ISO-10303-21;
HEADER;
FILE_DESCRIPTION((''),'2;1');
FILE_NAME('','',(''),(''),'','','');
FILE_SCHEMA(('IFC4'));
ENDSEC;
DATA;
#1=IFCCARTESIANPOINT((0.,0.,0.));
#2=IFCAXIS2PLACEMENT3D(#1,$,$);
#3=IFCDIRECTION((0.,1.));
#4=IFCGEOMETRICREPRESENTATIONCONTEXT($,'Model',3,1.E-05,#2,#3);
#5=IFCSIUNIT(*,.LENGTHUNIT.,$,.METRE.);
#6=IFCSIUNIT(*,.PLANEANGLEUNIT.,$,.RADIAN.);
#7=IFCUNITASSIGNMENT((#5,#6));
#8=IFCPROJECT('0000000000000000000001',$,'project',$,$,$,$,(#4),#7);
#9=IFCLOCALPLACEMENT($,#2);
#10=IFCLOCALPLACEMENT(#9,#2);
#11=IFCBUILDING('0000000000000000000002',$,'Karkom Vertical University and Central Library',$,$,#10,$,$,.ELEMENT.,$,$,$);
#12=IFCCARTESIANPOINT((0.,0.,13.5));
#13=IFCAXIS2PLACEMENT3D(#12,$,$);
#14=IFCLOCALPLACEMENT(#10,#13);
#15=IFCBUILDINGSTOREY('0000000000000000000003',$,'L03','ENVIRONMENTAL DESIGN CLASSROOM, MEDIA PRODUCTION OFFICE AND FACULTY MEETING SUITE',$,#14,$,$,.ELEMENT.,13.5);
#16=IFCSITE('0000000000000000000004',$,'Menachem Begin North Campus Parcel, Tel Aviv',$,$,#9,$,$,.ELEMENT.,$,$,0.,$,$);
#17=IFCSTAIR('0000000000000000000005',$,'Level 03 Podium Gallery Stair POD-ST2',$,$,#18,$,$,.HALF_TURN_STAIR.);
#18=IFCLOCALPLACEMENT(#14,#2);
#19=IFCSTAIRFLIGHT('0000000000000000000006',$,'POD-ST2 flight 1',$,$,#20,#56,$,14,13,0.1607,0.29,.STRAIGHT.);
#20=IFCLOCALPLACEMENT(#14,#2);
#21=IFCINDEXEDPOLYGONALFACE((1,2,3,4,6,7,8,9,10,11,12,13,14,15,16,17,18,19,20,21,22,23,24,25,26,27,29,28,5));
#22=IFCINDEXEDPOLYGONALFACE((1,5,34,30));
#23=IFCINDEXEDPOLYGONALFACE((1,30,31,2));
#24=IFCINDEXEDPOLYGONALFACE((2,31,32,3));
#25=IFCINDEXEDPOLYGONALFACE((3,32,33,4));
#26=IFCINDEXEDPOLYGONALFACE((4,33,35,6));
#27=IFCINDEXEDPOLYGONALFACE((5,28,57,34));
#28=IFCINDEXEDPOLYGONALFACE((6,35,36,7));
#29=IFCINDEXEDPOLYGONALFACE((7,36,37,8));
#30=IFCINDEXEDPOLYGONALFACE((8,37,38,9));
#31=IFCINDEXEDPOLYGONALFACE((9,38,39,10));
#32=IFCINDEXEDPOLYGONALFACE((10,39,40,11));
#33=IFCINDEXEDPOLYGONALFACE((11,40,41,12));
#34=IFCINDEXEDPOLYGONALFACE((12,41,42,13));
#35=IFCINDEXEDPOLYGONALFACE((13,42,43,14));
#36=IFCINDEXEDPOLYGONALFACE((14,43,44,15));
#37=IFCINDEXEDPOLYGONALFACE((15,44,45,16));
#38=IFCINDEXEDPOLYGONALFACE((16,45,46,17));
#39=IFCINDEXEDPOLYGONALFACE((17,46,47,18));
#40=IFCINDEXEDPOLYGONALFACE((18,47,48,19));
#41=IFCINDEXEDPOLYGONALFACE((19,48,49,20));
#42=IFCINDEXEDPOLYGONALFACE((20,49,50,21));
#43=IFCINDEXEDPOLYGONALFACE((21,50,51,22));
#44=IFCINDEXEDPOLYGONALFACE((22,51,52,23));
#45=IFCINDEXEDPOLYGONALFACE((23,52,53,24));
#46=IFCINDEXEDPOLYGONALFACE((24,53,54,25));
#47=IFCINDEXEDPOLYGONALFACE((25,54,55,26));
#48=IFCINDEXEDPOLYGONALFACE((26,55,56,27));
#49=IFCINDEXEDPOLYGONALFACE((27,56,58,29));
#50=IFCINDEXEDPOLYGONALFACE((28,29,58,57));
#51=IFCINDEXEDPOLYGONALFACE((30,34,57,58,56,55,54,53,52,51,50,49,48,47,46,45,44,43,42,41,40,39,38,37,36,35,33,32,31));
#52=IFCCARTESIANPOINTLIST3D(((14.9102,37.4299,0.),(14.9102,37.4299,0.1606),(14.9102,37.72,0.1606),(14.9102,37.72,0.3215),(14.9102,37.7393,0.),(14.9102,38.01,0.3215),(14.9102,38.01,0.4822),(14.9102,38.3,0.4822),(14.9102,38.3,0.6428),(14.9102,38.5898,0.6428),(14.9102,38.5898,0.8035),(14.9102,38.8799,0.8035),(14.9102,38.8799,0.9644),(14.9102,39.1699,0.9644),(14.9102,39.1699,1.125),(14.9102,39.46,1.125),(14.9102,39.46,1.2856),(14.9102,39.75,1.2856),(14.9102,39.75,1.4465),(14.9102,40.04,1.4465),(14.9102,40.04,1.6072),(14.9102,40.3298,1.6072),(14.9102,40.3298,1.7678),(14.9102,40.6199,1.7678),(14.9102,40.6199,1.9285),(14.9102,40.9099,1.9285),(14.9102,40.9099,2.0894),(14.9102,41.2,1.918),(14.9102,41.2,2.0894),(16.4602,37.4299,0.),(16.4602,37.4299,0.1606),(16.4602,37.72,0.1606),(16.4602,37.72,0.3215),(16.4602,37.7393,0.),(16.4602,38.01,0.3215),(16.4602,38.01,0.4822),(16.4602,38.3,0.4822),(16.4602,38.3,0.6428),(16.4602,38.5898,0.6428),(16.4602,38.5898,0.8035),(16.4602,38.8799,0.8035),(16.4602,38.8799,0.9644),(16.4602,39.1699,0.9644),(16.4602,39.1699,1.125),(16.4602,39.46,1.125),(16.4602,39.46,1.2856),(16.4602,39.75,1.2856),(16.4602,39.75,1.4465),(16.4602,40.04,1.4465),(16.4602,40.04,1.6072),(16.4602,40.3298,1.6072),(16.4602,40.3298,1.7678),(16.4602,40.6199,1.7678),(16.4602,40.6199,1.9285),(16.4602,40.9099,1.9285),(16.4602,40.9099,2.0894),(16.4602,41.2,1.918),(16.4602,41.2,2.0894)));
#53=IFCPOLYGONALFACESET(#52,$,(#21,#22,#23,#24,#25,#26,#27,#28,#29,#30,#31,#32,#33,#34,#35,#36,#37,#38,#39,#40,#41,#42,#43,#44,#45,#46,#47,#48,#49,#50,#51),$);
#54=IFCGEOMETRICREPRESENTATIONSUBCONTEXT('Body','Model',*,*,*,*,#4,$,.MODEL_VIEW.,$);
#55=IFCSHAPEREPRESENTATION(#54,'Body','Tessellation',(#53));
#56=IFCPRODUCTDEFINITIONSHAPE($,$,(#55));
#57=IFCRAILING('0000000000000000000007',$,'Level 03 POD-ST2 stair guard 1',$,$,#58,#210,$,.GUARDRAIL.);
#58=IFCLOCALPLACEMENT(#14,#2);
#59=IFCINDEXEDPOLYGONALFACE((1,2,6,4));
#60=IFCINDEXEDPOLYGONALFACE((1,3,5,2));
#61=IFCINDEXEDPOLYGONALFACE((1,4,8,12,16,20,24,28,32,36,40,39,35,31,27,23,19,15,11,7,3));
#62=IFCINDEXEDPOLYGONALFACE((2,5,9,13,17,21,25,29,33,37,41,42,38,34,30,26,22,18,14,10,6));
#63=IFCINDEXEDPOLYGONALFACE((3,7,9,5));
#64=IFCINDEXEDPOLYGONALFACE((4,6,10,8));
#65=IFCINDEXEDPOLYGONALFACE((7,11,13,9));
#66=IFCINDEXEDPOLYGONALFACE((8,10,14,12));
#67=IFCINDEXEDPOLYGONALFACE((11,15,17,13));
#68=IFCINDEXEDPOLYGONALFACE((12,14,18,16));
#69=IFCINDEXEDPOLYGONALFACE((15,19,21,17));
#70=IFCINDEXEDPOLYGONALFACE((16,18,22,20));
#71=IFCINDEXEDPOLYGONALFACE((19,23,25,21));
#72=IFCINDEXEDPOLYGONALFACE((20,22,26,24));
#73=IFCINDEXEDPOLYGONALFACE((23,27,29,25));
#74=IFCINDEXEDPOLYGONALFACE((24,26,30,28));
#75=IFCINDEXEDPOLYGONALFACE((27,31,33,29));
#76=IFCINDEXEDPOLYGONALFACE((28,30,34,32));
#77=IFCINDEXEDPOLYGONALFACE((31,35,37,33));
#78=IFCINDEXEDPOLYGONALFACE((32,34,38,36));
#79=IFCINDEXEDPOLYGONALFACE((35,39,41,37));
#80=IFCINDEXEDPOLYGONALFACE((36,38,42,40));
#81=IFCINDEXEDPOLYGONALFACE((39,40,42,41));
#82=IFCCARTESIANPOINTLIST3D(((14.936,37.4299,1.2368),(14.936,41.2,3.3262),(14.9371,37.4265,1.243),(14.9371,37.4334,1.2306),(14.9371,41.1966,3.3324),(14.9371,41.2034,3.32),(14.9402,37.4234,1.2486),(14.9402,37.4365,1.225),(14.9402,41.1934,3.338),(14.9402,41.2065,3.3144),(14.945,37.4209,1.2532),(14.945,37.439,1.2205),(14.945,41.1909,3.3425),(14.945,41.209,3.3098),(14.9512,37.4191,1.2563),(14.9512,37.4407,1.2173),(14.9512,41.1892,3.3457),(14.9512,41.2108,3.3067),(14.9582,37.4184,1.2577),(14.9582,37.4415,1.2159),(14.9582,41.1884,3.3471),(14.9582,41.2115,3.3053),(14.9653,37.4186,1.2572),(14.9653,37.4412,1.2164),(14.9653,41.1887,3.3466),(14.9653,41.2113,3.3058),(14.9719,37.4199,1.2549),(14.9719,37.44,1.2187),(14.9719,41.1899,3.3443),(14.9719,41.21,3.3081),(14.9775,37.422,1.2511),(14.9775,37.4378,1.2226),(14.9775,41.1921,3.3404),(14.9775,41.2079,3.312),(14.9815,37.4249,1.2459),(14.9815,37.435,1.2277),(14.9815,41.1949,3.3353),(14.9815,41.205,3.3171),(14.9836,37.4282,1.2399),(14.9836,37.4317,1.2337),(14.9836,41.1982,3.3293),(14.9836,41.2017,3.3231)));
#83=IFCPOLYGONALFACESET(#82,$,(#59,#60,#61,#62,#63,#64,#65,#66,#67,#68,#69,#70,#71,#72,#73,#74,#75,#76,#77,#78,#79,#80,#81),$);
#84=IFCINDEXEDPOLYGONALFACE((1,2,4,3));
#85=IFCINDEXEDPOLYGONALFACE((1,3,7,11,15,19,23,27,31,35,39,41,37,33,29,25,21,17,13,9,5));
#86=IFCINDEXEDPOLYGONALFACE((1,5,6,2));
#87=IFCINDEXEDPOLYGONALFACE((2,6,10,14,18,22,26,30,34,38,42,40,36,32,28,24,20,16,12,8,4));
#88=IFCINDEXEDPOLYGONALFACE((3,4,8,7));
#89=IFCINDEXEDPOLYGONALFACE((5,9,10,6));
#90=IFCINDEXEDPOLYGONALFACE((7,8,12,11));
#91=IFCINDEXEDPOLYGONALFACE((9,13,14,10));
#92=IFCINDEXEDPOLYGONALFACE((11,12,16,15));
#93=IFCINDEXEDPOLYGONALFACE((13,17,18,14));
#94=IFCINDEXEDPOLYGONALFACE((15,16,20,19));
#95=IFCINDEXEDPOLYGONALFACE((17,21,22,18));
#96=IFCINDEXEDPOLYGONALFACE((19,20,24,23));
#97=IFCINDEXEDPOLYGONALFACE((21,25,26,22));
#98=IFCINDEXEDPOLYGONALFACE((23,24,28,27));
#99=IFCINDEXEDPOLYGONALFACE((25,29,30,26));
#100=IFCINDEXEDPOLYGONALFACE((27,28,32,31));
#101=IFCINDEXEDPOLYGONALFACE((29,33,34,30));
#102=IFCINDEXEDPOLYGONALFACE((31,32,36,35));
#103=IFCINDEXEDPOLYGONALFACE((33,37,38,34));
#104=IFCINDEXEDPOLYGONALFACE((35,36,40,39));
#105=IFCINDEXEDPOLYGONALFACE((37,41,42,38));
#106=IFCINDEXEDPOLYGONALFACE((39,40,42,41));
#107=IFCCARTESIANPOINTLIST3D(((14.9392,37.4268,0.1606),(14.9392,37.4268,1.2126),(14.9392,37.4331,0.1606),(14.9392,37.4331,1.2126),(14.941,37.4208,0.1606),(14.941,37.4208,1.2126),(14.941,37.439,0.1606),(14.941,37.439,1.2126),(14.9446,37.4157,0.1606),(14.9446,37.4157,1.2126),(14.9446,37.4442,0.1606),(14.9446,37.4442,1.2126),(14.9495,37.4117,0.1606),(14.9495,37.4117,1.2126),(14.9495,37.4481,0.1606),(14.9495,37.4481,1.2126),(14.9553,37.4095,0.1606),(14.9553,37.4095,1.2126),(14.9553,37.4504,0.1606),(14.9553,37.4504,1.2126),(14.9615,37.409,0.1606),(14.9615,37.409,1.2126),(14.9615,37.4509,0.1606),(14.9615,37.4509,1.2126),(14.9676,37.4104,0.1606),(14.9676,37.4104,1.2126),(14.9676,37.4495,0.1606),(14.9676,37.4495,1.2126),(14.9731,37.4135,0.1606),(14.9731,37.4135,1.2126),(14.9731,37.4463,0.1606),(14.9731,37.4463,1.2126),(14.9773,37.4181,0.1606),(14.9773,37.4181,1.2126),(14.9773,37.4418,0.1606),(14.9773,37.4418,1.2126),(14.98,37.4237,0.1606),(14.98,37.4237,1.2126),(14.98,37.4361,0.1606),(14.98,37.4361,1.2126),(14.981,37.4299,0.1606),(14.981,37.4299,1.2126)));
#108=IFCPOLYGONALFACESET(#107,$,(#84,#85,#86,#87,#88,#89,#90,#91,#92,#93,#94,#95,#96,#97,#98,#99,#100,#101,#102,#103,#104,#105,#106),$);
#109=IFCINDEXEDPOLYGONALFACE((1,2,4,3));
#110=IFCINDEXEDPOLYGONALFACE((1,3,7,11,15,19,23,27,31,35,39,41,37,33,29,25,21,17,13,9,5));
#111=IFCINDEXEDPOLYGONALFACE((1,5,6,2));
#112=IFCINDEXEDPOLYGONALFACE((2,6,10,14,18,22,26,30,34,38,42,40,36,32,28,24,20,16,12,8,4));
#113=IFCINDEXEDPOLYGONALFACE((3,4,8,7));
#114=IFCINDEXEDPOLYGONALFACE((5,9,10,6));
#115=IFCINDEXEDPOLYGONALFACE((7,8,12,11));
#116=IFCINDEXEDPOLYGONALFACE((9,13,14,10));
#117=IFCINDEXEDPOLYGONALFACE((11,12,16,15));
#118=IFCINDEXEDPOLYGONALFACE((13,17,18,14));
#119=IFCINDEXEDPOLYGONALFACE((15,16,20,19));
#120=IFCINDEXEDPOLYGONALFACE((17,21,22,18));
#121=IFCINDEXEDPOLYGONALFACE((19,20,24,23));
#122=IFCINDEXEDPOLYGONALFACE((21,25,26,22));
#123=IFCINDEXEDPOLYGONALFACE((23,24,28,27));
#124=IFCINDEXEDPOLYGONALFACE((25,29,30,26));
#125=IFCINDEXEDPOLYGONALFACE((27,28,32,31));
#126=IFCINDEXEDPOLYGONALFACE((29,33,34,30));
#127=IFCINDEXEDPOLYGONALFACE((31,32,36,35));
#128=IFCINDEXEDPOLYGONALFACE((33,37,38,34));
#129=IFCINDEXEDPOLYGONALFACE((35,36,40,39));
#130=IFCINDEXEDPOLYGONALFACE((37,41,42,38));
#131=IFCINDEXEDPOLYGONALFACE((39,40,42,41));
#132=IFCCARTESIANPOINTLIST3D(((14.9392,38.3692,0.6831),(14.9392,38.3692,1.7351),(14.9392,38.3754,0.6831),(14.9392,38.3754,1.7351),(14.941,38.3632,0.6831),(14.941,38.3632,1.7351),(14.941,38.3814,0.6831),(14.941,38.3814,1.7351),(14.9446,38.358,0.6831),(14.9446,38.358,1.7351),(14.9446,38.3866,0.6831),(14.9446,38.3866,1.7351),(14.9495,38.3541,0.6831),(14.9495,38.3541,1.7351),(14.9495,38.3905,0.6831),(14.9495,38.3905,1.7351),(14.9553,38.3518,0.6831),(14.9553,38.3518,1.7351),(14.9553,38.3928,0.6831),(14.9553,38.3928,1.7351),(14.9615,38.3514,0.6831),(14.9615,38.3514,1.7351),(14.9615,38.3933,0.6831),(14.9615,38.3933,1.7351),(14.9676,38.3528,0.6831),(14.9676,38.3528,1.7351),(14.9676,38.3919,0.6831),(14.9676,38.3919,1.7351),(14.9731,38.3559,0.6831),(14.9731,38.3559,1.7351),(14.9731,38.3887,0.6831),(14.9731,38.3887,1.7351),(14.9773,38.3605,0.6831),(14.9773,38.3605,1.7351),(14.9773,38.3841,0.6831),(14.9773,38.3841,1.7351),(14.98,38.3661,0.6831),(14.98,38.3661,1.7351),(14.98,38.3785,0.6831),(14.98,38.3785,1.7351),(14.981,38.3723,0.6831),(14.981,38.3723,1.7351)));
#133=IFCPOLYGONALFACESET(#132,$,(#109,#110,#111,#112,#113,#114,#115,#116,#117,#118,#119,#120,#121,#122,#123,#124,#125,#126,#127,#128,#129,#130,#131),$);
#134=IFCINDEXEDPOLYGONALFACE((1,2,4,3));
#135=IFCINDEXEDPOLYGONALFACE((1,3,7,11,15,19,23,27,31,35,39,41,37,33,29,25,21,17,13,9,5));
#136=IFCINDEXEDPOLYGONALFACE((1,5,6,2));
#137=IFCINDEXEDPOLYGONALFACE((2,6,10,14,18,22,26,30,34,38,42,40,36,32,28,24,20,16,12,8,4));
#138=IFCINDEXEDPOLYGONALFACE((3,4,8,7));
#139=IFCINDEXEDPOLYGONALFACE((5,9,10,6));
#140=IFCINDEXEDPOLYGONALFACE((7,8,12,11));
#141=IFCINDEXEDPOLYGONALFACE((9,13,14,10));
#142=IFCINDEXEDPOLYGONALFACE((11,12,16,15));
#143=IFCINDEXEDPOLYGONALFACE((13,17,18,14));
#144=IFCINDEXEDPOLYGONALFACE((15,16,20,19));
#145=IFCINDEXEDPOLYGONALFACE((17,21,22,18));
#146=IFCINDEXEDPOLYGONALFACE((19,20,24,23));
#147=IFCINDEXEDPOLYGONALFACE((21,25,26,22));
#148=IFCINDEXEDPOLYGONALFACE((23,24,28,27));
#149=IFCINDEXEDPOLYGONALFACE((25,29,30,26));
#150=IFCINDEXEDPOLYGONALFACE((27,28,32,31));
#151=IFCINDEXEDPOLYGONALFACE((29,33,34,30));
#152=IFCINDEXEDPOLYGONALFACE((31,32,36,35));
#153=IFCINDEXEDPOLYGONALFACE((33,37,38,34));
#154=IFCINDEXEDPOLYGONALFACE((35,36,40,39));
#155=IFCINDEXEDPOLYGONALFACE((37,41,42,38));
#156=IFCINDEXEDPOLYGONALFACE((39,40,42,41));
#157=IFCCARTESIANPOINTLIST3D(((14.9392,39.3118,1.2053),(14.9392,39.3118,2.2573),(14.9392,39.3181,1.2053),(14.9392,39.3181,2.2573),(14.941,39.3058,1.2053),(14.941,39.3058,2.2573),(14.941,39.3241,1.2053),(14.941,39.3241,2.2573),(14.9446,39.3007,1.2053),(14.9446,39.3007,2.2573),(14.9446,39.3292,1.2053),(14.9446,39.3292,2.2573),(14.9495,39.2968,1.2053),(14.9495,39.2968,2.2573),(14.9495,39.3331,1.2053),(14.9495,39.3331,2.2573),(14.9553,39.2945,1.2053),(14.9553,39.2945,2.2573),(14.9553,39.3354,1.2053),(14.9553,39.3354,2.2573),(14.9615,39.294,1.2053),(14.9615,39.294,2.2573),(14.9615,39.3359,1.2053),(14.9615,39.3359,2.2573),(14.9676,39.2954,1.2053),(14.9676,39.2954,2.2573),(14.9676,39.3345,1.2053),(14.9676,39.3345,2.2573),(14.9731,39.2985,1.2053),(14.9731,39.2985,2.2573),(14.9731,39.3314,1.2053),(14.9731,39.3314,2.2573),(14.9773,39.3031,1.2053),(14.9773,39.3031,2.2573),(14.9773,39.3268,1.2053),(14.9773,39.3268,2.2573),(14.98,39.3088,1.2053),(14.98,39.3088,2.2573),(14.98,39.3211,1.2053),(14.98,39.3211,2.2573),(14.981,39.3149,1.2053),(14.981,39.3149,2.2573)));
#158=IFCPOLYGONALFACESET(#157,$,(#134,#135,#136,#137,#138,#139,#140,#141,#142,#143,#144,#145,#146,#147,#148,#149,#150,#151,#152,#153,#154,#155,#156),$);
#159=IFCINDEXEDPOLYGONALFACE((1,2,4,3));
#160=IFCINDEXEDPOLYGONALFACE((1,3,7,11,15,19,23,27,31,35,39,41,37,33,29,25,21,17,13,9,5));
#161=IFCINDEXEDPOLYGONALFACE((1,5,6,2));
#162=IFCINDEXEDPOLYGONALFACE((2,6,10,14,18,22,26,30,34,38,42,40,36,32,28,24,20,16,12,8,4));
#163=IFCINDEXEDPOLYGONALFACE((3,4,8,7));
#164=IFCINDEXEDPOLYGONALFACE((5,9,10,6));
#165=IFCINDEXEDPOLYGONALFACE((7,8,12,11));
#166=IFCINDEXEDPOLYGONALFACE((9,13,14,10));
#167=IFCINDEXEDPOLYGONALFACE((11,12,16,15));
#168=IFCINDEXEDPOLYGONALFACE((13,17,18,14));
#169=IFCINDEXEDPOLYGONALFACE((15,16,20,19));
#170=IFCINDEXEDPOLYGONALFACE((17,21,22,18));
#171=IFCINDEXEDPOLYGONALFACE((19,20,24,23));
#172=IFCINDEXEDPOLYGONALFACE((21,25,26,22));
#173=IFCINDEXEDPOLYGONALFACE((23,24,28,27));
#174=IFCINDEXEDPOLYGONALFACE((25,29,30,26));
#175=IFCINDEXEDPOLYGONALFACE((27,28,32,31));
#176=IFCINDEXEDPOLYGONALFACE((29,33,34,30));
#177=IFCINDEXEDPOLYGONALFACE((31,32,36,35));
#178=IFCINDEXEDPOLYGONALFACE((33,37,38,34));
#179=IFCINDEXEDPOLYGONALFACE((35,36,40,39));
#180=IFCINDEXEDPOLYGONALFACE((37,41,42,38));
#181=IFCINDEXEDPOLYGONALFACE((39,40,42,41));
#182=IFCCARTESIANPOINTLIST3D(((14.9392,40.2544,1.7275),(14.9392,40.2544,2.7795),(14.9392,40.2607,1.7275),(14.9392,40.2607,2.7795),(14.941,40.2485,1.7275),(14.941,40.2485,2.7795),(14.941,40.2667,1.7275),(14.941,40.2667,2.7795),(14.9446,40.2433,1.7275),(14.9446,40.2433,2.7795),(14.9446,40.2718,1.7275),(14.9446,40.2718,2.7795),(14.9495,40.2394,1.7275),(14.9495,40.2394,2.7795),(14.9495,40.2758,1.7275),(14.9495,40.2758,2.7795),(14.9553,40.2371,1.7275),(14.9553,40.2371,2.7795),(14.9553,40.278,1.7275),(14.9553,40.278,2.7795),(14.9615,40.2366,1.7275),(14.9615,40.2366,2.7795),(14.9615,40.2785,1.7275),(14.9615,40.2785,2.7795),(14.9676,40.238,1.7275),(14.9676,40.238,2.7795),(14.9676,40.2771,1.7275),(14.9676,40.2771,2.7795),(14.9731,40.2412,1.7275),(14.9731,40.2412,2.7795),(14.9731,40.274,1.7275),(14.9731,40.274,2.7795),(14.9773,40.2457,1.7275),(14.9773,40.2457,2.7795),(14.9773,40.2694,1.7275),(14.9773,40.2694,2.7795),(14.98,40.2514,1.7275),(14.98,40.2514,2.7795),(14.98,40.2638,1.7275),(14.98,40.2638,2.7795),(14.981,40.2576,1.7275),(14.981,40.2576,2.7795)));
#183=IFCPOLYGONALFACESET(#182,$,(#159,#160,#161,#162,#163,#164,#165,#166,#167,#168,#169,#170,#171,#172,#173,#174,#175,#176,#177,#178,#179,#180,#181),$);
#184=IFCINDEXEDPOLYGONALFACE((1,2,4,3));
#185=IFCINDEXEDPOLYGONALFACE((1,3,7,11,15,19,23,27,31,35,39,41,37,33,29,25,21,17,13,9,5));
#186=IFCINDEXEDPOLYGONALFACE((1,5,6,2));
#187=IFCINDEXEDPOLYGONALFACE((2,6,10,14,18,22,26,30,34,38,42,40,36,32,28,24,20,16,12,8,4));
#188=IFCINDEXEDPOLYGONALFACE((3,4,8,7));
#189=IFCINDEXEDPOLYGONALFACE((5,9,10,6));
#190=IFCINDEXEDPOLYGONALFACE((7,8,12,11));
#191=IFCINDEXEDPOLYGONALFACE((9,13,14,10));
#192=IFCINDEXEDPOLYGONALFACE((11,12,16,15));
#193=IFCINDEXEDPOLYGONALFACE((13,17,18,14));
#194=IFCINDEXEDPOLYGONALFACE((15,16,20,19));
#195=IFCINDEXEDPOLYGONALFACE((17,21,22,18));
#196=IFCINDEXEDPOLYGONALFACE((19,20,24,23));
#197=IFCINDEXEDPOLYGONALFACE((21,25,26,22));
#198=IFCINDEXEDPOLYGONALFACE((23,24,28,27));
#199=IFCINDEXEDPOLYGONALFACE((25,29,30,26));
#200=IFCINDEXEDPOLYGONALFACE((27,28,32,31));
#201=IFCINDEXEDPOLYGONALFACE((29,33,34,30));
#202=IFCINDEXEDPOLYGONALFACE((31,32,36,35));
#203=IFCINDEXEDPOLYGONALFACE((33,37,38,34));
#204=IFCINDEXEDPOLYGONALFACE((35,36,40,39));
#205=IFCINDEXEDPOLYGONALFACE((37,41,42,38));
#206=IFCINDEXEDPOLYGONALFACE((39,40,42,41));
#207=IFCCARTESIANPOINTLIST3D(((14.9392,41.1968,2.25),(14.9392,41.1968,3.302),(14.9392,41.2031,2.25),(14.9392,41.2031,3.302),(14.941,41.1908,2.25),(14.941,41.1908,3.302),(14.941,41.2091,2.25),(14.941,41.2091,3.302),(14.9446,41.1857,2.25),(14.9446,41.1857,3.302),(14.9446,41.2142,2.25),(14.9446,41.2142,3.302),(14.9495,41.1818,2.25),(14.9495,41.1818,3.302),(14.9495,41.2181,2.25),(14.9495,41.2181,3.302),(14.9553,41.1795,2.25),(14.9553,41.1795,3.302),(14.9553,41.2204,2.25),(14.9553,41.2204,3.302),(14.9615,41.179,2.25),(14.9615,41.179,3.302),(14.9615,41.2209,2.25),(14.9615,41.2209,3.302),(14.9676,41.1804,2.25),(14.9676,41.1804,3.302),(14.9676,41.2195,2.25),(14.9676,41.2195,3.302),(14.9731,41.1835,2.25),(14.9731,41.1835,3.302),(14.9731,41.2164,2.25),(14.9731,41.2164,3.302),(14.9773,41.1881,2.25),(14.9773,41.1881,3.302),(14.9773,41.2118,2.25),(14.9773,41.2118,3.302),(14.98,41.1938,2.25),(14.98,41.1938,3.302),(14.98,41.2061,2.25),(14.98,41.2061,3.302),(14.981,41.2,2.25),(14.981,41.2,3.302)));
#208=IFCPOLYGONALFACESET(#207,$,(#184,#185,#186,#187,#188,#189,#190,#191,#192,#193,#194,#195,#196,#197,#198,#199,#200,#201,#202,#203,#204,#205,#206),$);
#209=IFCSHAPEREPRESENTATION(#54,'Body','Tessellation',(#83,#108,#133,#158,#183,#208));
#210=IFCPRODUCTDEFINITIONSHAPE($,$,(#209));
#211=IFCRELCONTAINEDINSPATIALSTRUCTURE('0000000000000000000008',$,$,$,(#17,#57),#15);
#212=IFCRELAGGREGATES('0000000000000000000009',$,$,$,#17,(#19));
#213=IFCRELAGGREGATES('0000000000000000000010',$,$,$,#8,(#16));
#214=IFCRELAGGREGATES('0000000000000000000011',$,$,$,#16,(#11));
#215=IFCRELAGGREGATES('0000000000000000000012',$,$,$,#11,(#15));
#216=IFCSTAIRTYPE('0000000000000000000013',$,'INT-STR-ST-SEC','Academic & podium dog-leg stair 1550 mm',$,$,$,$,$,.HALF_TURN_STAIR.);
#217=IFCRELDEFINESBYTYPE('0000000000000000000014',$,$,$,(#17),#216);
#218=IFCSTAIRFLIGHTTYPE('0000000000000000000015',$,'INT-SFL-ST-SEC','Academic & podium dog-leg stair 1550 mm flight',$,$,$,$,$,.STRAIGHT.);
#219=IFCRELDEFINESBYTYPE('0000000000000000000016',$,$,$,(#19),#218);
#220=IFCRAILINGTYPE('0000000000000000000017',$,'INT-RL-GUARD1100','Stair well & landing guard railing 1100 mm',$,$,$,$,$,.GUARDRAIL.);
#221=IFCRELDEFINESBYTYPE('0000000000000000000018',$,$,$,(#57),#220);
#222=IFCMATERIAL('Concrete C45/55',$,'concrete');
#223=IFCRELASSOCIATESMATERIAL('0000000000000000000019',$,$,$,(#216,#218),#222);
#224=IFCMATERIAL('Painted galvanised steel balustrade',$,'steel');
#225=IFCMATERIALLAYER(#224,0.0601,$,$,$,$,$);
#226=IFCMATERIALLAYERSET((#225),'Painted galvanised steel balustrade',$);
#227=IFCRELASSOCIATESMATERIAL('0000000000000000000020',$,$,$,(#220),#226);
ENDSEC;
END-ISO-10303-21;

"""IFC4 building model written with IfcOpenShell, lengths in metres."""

from ifc_helpers import new_model, si_unit, direction, frame, origin, origin_2d, place, context, subcontext, project, spatial, polyline, circle, outline, extrude, material, layer, layer_set, type_object, element, aggregate, save


model = new_model("IFC4")

# Units and contexts
model_context = context("Model", 3, precision=1e-05, world=origin(), true_north=direction((0.0, 1.0)))
body_context = subcontext(model_context, "Body", "Model", "MODEL_VIEW")
ifc_project = project(units=[si_unit("LENGTHUNIT", "METRE"), si_unit("PLANEANGLEUNIT", "RADIAN")], contexts=[model_context])

# Site, building, storey
site_placement = place(None, origin())
site = spatial("IfcSite", under=ifc_project, at=site_placement, Name="Menachem Begin North Campus Parcel, Tel Aviv", CompositionType="ELEMENT", RefElevation=0.0)
building_placement = place(site_placement, origin())
building = spatial("IfcBuilding", under=site, at=building_placement, Name="Karkom Vertical University and Central Library", CompositionType="ELEMENT")
storey_placement = place(building_placement, frame((0.0, 0.0, 13.5)))
storey = spatial("IfcBuildingStorey", under=building, at=storey_placement, Name="L03", Description="ENVIRONMENTAL DESIGN CLASSROOM, MEDIA PRODUCTION OFFICE AND FACULTY MEETING SUITE", CompositionType="ELEMENT", Elevation=13.5)

# Shared definitions
ifc_material_1 = material(Name="Concrete C45/55", Category="concrete")

# Stair, stair flight
stair_type = type_object("IfcStairType", Name="INT-STR-ST-SEC", Description="Academic & podium dog-leg stair 1550 mm", PredefinedType="HALF_TURN_STAIR", material=ifc_material_1)
stair_placement = place(storey_placement, origin())
stair = element("IfcStair", 1, at=stair_placement, inside=storey, type_object=stair_type, Name="Level 03 Podium Gallery Stair POD-ST2", PredefinedType="HALF_TURN_STAIR")
stair_flight_type = type_object("IfcStairFlightType", Name="INT-SFL-ST-SEC", Description="Academic & podium dog-leg stair 1550 mm flight", PredefinedType="STRAIGHT", material=ifc_material_1)
stair_flight_placement = place(storey_placement, frame((15.6851, 37.4299, 0.0), z_axis=(0.0, 0.0, 1.0), x_axis=(0.0, 1.0, 0.0)))
stair_flight = element("IfcStairFlight", 2, at=stair_flight_placement, type_object=stair_flight_type, Name="POD-ST2 flight 1", NumberOfRisers=14, NumberOfTreads=13, PredefinedType="STRAIGHT", RiserHeight=0.1607, TreadLength=0.29, context=body_context, shape_type="SweptSolid", body=[
    extrude(outline(polyline([(0.0, 0.0), (0.0, 0.1606), (0.29, 0.1606), (0.29, 0.3215), (0.5801, 0.3215), (0.5801, 0.4822), (0.8701, 0.4822), (0.8701, 0.6428), (1.1599, 0.6428), (1.1599, 0.8035), (1.45, 0.8035), (1.45, 0.9644), (1.74, 0.9644), (1.74, 1.125), (2.03, 1.125), (2.03, 1.2856), (2.3201, 1.2856), (2.3201, 1.4465), (2.6101, 1.4465), (2.6101, 1.6072), (2.8999, 1.6072), (2.8999, 1.7678), (3.1899, 1.7678), (3.1899, 1.9285), (3.48, 1.9285), (3.48, 2.0894), (3.77, 2.0894), (3.77, 2.25), (3.77, 1.918), (0.3093, 0.0), (0.0, 0.0)])), frame((0.0, 0.7749, 0.0), z_axis=(0.0, -1.0, 0.0), x_axis=(1.0, 0.0, 0.0)), (0.0, 0.0, 1.0), 1.55),
])
aggregate(stair, [stair_flight])

# Railing
ifc_material_2 = material(Name="Painted galvanised steel balustrade", Category="steel")
ifc_layer_1 = layer(ifc_material_2, 0.0601)
ifc_layer_set_1 = layer_set([ifc_layer_1], Name="Painted galvanised steel balustrade")
railing_type_1 = type_object("IfcRailingType", Name="INT-RL-GUARD1100", Description="Stair well & landing guard railing 1100 mm", PredefinedType="GUARDRAIL", material=ifc_layer_set_1)
railing_1_placement = place(storey_placement, frame((14.96, 37.4299, 0.1606)))
element("IfcRailing", 3, at=railing_1_placement, inside=storey, type_object=railing_type_1, Name="Level 03 POD-ST2 stair guard 1", PredefinedType="GUARDRAIL", context=body_context, shape_type="SweptSolid", body=[
    extrude(circle(Radius=0.0239, at=origin_2d()), frame((0.0, 0.0, 1.0762), z_axis=(0.0, 0.874659, 0.484739), x_axis=(-1.0, 0.0, 0.0)), (0.0, 0.0, 1.0), 4.3103),
    extrude(circle(Radius=0.021, at=origin_2d()), origin(), (0.0, 0.0, 1.0), 1.052),
    extrude(circle(Radius=0.021, at=origin_2d()), frame((0.0, 0.9424, 0.5225)), (0.0, 0.0, 1.0), 1.052),
    extrude(circle(Radius=0.021, at=origin_2d()), frame((0.0, 1.885, 1.0447)), (0.0, 0.0, 1.0), 1.052),
    extrude(circle(Radius=0.021, at=origin_2d()), frame((0.0, 2.8276, 1.5669)), (0.0, 0.0, 1.0), 1.052),
    extrude(circle(Radius=0.021, at=origin_2d()), frame((0.0, 3.77, 2.0894)), (0.0, 0.0, 1.0), 1.052),
])

save(model, "model.ifc")
